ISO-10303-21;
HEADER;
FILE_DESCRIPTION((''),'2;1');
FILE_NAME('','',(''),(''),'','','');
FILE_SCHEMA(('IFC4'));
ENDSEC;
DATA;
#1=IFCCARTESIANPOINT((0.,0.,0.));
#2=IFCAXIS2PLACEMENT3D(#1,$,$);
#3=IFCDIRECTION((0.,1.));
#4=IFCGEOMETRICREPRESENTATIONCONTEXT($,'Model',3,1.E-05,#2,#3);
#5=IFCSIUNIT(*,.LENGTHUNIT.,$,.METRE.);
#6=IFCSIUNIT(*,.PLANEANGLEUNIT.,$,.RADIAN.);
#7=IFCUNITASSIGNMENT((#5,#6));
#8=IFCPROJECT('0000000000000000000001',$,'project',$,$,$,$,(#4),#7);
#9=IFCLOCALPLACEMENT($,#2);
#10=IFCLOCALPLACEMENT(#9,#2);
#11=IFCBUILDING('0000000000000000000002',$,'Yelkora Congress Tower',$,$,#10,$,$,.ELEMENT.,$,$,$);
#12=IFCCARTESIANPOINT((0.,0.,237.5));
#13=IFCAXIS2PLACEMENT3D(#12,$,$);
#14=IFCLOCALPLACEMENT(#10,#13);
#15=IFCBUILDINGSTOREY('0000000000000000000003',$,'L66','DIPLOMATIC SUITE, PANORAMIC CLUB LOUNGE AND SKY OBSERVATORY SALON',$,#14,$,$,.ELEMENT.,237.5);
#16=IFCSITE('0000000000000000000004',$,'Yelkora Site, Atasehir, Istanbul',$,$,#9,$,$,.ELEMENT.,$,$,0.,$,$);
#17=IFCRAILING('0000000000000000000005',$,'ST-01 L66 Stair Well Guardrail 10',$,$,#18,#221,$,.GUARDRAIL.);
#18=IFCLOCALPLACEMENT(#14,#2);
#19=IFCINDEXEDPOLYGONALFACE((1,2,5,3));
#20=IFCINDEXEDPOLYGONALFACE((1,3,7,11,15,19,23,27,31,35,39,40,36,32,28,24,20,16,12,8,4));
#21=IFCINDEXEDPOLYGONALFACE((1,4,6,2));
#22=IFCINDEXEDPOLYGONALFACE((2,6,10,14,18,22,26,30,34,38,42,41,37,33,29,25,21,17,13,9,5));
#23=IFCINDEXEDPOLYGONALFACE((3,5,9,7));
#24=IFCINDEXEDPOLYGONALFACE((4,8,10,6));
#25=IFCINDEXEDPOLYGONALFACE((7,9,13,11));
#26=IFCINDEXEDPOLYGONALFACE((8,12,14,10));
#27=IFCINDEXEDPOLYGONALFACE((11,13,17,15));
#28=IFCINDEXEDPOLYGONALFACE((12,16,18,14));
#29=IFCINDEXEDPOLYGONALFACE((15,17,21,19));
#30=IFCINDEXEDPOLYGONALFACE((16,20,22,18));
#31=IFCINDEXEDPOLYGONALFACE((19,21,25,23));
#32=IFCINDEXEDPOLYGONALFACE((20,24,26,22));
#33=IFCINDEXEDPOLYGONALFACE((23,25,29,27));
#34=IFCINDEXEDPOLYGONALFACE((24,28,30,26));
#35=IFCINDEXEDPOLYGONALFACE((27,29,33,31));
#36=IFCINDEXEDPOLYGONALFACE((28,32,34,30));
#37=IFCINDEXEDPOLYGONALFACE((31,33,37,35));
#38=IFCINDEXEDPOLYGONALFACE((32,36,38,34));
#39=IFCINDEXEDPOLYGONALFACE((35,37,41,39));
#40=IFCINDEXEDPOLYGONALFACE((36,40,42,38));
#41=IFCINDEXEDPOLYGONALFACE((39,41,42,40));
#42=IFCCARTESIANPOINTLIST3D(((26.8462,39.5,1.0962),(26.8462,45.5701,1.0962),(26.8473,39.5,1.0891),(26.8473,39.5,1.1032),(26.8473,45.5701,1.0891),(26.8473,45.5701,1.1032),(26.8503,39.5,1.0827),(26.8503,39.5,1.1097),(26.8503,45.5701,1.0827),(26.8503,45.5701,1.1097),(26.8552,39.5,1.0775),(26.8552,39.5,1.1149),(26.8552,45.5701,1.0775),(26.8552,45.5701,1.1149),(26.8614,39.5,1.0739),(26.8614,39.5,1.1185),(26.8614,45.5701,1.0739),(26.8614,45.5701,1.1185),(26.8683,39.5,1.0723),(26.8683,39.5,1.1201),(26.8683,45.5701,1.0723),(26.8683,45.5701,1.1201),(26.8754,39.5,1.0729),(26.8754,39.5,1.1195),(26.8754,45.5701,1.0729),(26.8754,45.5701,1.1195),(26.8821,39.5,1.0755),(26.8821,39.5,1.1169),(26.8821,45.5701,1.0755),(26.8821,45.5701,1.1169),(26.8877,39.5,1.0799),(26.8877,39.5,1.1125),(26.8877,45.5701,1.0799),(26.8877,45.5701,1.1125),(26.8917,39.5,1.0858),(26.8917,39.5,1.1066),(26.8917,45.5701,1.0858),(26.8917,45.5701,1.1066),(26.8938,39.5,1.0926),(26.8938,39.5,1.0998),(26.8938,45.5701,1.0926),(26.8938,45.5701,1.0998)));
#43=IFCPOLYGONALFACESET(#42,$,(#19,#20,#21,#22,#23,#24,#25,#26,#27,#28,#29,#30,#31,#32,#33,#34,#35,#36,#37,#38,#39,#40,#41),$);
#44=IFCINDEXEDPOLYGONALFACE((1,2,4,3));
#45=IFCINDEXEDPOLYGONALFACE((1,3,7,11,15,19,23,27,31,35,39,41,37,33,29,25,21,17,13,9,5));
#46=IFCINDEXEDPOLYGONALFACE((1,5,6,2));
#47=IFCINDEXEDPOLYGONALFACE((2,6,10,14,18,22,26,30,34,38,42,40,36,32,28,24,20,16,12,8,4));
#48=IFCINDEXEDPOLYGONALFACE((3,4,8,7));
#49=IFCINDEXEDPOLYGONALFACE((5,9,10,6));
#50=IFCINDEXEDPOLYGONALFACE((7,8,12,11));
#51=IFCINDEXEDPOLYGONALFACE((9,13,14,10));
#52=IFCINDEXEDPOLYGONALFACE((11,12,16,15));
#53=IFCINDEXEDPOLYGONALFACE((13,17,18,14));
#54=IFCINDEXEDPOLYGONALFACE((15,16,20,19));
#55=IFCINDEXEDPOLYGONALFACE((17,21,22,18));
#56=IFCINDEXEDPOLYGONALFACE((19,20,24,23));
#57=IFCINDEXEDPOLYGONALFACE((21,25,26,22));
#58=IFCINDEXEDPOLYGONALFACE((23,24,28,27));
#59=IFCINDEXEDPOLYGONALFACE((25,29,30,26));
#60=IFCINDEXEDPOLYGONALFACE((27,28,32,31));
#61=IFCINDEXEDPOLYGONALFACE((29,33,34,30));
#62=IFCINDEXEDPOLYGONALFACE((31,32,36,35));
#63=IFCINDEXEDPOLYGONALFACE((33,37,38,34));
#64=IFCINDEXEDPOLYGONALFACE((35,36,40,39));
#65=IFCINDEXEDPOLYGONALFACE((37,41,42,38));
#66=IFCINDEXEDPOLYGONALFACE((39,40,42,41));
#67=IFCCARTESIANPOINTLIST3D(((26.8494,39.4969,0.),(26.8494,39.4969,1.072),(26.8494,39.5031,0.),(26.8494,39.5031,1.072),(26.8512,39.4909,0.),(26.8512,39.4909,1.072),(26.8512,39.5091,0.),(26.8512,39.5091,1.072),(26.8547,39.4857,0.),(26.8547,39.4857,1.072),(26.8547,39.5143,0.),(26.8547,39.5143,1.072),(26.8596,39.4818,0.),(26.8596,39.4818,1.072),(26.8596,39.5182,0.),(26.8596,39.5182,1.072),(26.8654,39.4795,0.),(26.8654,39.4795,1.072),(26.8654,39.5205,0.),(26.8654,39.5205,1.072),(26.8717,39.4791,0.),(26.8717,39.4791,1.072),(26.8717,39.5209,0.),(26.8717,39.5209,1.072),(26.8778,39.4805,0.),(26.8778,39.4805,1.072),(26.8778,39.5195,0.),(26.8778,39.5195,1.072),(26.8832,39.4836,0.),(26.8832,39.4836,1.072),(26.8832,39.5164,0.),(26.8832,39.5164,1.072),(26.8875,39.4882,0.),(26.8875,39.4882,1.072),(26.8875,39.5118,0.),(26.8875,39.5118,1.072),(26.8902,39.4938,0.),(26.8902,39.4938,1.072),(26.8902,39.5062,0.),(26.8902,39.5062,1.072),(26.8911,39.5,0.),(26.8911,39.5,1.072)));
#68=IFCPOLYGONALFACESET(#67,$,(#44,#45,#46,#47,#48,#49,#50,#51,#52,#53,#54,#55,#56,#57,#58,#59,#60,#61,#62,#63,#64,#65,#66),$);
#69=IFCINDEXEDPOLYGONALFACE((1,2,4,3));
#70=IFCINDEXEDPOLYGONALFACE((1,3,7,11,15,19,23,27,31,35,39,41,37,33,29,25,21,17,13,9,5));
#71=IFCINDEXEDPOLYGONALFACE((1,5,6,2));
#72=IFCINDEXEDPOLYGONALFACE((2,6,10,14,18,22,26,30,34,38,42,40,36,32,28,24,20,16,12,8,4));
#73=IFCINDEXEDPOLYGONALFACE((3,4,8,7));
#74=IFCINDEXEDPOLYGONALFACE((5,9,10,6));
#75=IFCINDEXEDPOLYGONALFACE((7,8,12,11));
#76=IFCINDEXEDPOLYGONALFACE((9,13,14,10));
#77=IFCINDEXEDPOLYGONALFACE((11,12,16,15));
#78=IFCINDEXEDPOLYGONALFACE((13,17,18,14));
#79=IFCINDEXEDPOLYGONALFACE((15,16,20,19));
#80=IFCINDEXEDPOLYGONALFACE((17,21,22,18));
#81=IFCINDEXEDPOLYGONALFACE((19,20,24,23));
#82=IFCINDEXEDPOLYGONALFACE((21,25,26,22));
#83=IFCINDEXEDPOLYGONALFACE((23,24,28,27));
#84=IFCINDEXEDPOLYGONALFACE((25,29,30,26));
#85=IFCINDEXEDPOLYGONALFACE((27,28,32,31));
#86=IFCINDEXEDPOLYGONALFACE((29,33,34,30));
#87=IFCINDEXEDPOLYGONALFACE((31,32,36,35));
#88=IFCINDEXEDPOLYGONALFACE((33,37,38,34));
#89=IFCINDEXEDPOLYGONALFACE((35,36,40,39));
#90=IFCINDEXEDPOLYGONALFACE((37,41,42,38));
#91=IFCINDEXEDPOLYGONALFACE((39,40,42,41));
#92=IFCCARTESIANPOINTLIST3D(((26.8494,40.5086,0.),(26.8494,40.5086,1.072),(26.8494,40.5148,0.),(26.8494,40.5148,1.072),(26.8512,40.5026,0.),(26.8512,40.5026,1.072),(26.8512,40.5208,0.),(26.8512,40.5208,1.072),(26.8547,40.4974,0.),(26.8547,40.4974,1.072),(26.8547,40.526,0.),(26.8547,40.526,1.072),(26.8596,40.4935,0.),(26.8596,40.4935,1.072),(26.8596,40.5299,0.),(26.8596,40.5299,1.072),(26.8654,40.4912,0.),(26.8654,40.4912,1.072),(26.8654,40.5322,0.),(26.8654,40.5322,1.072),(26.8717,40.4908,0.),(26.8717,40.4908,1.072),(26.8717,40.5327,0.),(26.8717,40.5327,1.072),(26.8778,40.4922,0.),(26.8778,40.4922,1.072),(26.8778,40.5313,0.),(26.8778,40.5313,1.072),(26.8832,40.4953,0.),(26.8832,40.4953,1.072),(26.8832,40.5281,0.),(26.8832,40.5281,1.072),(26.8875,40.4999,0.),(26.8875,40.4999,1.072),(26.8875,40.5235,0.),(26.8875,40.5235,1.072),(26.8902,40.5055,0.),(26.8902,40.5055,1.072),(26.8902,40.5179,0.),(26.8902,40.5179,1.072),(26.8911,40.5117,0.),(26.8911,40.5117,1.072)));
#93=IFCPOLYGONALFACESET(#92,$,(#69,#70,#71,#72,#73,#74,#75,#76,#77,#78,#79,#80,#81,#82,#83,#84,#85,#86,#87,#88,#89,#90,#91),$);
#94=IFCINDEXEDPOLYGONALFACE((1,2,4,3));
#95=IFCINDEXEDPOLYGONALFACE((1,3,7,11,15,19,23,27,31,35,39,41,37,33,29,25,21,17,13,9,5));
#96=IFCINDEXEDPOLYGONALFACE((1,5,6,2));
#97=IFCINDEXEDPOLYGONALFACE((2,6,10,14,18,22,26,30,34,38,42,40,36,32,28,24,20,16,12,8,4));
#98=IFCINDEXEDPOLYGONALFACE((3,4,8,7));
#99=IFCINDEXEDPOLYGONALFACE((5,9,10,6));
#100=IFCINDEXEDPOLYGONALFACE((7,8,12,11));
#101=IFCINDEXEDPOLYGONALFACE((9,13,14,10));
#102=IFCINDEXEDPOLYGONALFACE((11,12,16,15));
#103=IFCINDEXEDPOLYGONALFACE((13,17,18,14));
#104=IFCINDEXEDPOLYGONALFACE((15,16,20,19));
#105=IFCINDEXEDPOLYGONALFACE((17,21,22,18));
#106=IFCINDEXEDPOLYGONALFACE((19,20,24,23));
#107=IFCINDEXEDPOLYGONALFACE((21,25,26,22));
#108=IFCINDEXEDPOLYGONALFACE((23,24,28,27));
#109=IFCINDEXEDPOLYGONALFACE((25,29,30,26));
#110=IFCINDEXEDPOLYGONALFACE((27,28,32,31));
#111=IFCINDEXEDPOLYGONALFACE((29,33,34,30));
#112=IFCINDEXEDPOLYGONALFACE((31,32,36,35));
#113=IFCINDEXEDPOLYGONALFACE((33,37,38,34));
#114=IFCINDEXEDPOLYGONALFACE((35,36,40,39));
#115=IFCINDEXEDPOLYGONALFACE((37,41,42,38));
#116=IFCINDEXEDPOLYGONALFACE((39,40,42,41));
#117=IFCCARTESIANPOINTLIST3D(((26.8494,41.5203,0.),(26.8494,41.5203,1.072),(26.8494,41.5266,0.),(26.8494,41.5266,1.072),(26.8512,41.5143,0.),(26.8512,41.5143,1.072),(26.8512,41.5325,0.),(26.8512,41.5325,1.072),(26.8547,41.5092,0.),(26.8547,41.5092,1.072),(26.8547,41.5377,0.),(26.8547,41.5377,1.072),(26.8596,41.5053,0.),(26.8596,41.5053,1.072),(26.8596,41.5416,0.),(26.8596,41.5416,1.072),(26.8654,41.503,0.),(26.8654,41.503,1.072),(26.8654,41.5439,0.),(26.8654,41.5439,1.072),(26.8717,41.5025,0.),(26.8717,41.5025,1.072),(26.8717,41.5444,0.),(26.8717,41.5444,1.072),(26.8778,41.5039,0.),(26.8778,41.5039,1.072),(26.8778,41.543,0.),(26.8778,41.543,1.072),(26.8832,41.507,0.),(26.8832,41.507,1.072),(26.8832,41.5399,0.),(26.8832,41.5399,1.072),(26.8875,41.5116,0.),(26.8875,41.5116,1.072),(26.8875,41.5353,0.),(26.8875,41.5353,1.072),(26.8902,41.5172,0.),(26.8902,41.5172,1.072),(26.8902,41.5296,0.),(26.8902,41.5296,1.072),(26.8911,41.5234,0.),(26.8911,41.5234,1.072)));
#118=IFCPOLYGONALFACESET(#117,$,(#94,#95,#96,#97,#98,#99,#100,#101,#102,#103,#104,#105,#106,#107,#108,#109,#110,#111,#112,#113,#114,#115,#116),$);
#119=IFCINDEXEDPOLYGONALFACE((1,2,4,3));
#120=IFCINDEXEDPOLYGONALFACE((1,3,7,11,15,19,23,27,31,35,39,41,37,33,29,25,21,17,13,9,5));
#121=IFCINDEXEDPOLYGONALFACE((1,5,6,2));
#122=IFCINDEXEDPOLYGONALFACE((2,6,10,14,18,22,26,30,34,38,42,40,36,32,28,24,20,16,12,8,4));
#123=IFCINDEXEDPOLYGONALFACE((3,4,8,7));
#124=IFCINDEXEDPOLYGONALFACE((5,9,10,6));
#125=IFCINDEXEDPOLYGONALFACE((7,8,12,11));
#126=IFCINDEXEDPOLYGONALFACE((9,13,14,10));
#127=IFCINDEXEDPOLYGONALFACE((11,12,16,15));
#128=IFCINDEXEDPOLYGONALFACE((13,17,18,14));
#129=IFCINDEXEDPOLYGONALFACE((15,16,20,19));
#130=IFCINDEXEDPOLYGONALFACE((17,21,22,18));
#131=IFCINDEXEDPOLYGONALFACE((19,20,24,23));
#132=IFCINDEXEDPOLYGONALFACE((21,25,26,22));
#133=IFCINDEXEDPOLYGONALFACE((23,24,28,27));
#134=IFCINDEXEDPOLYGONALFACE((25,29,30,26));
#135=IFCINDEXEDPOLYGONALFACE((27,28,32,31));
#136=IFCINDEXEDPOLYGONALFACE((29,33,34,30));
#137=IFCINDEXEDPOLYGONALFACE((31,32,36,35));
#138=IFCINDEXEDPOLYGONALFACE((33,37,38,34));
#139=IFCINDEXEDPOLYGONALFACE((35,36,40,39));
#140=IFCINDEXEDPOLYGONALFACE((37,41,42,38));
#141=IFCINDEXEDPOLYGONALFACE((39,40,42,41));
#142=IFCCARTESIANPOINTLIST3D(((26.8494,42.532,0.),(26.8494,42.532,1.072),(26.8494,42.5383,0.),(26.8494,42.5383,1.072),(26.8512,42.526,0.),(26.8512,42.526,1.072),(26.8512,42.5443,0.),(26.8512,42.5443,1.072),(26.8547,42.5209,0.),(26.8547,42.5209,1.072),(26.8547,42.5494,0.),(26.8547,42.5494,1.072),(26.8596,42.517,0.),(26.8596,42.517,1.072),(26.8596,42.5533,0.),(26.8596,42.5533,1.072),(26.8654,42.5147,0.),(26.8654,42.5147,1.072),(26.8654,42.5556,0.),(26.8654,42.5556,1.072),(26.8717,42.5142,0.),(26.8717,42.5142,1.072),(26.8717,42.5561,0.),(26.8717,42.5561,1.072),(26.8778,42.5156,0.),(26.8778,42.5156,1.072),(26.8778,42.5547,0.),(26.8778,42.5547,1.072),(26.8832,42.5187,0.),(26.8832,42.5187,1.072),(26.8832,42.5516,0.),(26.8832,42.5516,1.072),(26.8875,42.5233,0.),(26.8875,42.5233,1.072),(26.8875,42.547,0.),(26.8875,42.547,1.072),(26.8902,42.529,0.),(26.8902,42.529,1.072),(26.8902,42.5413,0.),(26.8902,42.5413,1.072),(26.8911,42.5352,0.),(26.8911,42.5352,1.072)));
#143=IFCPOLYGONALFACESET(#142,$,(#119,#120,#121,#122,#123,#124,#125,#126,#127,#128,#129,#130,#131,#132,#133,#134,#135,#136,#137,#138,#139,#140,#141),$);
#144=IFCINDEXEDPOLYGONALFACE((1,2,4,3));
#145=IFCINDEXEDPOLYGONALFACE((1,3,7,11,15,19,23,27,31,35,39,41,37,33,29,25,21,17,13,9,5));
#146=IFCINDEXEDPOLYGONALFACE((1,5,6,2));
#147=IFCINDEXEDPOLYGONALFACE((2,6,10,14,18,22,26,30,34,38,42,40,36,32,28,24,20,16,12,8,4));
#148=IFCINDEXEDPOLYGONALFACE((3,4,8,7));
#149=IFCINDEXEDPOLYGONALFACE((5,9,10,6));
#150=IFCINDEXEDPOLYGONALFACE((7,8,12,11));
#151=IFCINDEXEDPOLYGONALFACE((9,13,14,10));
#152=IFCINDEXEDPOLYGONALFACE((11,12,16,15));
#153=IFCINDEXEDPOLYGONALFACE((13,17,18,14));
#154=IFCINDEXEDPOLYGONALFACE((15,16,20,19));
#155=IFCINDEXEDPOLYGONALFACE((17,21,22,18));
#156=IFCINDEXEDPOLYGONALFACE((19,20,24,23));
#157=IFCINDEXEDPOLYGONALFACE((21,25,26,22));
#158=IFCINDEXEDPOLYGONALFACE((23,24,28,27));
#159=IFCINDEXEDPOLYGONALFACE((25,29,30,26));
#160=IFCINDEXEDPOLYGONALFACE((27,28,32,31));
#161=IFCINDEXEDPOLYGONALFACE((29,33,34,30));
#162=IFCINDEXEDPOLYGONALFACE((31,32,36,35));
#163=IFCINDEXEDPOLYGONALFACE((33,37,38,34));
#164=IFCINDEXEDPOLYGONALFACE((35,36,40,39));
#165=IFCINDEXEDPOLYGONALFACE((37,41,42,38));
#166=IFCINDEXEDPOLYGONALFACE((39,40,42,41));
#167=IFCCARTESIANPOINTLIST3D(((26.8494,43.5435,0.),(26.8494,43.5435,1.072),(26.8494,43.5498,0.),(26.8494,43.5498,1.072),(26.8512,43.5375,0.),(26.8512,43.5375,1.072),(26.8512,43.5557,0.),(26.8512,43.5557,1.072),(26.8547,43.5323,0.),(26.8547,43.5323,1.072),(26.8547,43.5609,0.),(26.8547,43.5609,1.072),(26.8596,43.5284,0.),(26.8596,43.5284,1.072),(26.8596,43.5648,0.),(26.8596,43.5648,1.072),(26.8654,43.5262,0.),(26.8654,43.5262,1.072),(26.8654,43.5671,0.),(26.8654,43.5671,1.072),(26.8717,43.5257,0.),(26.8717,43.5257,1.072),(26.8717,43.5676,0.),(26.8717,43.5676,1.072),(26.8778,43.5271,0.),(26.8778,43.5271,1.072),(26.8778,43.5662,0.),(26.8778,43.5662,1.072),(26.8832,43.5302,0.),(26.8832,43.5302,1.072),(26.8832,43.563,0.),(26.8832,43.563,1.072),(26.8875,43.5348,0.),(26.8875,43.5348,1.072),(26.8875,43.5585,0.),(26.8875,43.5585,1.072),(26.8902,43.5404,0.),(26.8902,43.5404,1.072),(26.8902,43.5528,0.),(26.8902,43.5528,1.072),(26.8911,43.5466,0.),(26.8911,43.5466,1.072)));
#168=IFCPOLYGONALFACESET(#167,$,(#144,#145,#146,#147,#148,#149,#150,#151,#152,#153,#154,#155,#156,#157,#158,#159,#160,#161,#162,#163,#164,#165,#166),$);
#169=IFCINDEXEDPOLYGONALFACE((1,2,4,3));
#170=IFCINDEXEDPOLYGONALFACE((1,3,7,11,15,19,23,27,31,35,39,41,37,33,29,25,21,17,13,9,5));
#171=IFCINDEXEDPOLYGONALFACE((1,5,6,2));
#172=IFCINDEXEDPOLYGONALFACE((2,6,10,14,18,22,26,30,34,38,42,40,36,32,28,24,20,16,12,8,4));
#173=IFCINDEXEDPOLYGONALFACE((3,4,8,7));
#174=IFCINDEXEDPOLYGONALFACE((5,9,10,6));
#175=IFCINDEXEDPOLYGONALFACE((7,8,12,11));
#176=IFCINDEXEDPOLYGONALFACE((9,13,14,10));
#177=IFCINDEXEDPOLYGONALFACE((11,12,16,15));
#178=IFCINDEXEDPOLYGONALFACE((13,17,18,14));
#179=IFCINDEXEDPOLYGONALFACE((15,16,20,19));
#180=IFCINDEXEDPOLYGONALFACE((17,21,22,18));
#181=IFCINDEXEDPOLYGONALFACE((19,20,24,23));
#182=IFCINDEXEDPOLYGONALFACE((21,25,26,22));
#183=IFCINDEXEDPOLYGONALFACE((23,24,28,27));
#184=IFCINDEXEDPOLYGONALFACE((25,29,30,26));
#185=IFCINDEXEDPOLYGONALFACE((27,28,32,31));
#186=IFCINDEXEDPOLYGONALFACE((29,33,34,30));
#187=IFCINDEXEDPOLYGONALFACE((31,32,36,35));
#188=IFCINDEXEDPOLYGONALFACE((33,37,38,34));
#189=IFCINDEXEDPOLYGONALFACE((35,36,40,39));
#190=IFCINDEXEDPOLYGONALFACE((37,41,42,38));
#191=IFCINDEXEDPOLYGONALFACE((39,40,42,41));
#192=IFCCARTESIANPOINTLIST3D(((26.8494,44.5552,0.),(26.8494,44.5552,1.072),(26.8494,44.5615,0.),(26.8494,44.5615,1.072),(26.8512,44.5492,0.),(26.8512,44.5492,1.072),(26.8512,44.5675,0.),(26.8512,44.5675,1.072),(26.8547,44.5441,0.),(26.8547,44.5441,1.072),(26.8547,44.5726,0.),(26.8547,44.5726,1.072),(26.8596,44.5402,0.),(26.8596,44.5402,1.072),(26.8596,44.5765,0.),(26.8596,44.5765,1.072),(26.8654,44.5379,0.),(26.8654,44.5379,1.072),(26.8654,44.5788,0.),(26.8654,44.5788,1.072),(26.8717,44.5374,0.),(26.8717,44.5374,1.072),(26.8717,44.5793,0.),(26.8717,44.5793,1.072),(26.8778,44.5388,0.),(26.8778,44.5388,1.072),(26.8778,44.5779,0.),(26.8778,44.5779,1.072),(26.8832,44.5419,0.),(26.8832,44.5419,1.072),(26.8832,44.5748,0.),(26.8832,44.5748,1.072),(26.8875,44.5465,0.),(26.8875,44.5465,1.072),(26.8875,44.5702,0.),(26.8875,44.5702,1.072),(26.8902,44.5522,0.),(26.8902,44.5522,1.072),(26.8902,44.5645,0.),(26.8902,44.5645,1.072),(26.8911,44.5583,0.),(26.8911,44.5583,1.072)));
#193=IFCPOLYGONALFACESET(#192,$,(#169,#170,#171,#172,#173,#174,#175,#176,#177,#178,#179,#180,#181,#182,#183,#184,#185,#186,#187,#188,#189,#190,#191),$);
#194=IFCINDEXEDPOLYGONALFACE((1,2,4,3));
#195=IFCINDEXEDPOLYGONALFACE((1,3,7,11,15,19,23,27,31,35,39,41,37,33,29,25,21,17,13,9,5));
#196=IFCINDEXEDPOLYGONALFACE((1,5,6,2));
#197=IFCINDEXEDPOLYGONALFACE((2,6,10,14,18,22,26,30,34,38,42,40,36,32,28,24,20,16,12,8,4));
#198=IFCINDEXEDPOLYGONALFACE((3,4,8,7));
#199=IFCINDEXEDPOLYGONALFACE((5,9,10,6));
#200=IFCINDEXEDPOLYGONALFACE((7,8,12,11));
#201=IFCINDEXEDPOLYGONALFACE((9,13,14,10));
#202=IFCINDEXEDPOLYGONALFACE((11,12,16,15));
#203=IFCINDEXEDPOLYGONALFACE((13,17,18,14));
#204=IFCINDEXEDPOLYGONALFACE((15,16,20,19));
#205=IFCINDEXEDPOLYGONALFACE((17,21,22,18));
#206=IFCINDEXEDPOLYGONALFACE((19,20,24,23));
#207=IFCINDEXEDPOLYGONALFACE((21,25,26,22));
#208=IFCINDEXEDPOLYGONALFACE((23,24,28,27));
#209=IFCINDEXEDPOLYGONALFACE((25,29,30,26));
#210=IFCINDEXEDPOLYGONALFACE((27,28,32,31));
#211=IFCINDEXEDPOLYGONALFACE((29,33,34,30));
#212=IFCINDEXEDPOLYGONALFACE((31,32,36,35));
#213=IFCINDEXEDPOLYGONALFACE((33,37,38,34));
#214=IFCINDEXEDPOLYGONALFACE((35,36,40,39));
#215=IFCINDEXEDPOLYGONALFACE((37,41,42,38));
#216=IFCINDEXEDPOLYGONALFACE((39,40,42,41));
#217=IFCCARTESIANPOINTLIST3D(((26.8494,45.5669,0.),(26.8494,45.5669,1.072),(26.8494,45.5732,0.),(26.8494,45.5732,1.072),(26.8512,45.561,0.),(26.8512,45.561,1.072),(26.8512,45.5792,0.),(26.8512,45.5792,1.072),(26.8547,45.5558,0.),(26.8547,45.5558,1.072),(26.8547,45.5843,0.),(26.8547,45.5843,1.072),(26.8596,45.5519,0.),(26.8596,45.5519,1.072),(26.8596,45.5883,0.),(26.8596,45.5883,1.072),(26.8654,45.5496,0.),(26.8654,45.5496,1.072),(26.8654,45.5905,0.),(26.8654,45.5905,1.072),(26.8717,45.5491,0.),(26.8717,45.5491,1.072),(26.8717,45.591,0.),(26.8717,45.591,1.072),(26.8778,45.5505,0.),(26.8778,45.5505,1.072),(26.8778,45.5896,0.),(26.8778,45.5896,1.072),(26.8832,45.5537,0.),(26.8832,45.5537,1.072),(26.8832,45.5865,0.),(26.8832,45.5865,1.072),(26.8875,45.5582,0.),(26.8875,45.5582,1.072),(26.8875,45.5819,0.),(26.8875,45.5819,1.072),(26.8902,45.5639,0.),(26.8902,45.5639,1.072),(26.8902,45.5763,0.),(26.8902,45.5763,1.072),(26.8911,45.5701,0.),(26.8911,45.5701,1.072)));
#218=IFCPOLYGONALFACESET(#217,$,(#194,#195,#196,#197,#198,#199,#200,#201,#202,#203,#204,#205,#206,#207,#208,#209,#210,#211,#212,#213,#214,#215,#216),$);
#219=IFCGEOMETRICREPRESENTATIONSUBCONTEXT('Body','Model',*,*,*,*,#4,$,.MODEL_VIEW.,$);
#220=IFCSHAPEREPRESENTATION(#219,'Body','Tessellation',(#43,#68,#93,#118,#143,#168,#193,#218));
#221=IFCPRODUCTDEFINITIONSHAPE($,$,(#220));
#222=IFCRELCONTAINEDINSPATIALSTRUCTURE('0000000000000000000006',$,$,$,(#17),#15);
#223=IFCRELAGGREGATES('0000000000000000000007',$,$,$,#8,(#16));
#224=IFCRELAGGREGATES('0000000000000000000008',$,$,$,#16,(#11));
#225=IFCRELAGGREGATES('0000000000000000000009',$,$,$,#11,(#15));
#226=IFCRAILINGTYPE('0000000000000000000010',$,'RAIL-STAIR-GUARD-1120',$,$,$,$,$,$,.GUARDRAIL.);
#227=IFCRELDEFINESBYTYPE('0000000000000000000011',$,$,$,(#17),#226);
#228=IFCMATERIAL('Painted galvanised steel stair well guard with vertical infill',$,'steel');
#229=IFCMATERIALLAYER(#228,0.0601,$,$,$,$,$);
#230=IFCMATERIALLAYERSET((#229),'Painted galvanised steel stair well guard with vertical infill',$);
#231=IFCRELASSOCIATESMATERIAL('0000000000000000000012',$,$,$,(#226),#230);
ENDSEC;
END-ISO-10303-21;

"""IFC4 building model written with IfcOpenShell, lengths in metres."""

from ifc_helpers import new_model, si_unit, direction, frame, origin, origin_2d, place, context, subcontext, project, spatial, circle, extrude, material, layer, layer_set, type_object, element, save


model = new_model("IFC4")

# Units and contexts
model_context = context("Model", 3, precision=1e-05, world=origin(), true_north=direction((0.0, 1.0)))
body_context = subcontext(model_context, "Body", "Model", "MODEL_VIEW")
ifc_project = project(units=[si_unit("LENGTHUNIT", "METRE"), si_unit("PLANEANGLEUNIT", "RADIAN")], contexts=[model_context])

# Site, building, storey
site_placement = place(None, origin())
site = spatial("IfcSite", under=ifc_project, at=site_placement, Name="Yelkora Site, Atasehir, Istanbul", CompositionType="ELEMENT", RefElevation=0.0)
building_placement = place(site_placement, origin())
building = spatial("IfcBuilding", under=site, at=building_placement, Name="Yelkora Congress Tower", CompositionType="ELEMENT")
storey_placement = place(building_placement, frame((0.0, 0.0, 237.5)))
storey = spatial("IfcBuildingStorey", under=building, at=storey_placement, Name="L66", Description="DIPLOMATIC SUITE, PANORAMIC CLUB LOUNGE AND SKY OBSERVATORY SALON", CompositionType="ELEMENT", Elevation=237.5)

# Railing
ifc_material_1 = material(Name="Painted galvanised steel stair well guard with vertical infill", Category="steel")
ifc_layer_1 = layer(ifc_material_1, 0.0601)
ifc_layer_set_1 = layer_set([ifc_layer_1], Name="Painted galvanised steel stair well guard with vertical infill")
railing_type_1 = type_object("IfcRailingType", Name="RAIL-STAIR-GUARD-1120", PredefinedType="GUARDRAIL", material=ifc_layer_set_1)
railing_1_placement = place(storey_placement, frame((26.8701, 39.5, 0.0)))
element("IfcRailing", 1, at=railing_1_placement, inside=storey, type_object=railing_type_1, Name="ST-01 L66 Stair Well Guardrail 10", PredefinedType="GUARDRAIL", context=body_context, shape_type="SweptSolid", body=[
    extrude(circle(Radius=0.0239, at=origin_2d()), frame((0.0, 0.0, 1.0962), z_axis=(0.0, 1.0, 0.0), x_axis=(-1.0, 0.0, 0.0)), (0.0, 0.0, 1.0), 6.0701),
    extrude(circle(Radius=0.021, at=origin_2d()), origin(), (0.0, 0.0, 1.0), 1.072),
    extrude(circle(Radius=0.021, at=origin_2d()), frame((0.0, 1.0117, 0.0)), (0.0, 0.0, 1.0), 1.072),
    extrude(circle(Radius=0.021, at=origin_2d()), frame((0.0, 2.0234, 0.0)), (0.0, 0.0, 1.0), 1.072),
    extrude(circle(Radius=0.021, at=origin_2d()), frame((0.0, 3.0352, 0.0)), (0.0, 0.0, 1.0), 1.072),
    extrude(circle(Radius=0.021, at=origin_2d()), frame((0.0, 4.0466, 0.0)), (0.0, 0.0, 1.0), 1.072),
    extrude(circle(Radius=0.021, at=origin_2d()), frame((0.0, 5.0583, 0.0)), (0.0, 0.0, 1.0), 1.072),
    extrude(circle(Radius=0.021, at=origin_2d()), frame((0.0, 6.0701, 0.0)), (0.0, 0.0, 1.0), 1.072),
])

save(model, "model.ifc")
